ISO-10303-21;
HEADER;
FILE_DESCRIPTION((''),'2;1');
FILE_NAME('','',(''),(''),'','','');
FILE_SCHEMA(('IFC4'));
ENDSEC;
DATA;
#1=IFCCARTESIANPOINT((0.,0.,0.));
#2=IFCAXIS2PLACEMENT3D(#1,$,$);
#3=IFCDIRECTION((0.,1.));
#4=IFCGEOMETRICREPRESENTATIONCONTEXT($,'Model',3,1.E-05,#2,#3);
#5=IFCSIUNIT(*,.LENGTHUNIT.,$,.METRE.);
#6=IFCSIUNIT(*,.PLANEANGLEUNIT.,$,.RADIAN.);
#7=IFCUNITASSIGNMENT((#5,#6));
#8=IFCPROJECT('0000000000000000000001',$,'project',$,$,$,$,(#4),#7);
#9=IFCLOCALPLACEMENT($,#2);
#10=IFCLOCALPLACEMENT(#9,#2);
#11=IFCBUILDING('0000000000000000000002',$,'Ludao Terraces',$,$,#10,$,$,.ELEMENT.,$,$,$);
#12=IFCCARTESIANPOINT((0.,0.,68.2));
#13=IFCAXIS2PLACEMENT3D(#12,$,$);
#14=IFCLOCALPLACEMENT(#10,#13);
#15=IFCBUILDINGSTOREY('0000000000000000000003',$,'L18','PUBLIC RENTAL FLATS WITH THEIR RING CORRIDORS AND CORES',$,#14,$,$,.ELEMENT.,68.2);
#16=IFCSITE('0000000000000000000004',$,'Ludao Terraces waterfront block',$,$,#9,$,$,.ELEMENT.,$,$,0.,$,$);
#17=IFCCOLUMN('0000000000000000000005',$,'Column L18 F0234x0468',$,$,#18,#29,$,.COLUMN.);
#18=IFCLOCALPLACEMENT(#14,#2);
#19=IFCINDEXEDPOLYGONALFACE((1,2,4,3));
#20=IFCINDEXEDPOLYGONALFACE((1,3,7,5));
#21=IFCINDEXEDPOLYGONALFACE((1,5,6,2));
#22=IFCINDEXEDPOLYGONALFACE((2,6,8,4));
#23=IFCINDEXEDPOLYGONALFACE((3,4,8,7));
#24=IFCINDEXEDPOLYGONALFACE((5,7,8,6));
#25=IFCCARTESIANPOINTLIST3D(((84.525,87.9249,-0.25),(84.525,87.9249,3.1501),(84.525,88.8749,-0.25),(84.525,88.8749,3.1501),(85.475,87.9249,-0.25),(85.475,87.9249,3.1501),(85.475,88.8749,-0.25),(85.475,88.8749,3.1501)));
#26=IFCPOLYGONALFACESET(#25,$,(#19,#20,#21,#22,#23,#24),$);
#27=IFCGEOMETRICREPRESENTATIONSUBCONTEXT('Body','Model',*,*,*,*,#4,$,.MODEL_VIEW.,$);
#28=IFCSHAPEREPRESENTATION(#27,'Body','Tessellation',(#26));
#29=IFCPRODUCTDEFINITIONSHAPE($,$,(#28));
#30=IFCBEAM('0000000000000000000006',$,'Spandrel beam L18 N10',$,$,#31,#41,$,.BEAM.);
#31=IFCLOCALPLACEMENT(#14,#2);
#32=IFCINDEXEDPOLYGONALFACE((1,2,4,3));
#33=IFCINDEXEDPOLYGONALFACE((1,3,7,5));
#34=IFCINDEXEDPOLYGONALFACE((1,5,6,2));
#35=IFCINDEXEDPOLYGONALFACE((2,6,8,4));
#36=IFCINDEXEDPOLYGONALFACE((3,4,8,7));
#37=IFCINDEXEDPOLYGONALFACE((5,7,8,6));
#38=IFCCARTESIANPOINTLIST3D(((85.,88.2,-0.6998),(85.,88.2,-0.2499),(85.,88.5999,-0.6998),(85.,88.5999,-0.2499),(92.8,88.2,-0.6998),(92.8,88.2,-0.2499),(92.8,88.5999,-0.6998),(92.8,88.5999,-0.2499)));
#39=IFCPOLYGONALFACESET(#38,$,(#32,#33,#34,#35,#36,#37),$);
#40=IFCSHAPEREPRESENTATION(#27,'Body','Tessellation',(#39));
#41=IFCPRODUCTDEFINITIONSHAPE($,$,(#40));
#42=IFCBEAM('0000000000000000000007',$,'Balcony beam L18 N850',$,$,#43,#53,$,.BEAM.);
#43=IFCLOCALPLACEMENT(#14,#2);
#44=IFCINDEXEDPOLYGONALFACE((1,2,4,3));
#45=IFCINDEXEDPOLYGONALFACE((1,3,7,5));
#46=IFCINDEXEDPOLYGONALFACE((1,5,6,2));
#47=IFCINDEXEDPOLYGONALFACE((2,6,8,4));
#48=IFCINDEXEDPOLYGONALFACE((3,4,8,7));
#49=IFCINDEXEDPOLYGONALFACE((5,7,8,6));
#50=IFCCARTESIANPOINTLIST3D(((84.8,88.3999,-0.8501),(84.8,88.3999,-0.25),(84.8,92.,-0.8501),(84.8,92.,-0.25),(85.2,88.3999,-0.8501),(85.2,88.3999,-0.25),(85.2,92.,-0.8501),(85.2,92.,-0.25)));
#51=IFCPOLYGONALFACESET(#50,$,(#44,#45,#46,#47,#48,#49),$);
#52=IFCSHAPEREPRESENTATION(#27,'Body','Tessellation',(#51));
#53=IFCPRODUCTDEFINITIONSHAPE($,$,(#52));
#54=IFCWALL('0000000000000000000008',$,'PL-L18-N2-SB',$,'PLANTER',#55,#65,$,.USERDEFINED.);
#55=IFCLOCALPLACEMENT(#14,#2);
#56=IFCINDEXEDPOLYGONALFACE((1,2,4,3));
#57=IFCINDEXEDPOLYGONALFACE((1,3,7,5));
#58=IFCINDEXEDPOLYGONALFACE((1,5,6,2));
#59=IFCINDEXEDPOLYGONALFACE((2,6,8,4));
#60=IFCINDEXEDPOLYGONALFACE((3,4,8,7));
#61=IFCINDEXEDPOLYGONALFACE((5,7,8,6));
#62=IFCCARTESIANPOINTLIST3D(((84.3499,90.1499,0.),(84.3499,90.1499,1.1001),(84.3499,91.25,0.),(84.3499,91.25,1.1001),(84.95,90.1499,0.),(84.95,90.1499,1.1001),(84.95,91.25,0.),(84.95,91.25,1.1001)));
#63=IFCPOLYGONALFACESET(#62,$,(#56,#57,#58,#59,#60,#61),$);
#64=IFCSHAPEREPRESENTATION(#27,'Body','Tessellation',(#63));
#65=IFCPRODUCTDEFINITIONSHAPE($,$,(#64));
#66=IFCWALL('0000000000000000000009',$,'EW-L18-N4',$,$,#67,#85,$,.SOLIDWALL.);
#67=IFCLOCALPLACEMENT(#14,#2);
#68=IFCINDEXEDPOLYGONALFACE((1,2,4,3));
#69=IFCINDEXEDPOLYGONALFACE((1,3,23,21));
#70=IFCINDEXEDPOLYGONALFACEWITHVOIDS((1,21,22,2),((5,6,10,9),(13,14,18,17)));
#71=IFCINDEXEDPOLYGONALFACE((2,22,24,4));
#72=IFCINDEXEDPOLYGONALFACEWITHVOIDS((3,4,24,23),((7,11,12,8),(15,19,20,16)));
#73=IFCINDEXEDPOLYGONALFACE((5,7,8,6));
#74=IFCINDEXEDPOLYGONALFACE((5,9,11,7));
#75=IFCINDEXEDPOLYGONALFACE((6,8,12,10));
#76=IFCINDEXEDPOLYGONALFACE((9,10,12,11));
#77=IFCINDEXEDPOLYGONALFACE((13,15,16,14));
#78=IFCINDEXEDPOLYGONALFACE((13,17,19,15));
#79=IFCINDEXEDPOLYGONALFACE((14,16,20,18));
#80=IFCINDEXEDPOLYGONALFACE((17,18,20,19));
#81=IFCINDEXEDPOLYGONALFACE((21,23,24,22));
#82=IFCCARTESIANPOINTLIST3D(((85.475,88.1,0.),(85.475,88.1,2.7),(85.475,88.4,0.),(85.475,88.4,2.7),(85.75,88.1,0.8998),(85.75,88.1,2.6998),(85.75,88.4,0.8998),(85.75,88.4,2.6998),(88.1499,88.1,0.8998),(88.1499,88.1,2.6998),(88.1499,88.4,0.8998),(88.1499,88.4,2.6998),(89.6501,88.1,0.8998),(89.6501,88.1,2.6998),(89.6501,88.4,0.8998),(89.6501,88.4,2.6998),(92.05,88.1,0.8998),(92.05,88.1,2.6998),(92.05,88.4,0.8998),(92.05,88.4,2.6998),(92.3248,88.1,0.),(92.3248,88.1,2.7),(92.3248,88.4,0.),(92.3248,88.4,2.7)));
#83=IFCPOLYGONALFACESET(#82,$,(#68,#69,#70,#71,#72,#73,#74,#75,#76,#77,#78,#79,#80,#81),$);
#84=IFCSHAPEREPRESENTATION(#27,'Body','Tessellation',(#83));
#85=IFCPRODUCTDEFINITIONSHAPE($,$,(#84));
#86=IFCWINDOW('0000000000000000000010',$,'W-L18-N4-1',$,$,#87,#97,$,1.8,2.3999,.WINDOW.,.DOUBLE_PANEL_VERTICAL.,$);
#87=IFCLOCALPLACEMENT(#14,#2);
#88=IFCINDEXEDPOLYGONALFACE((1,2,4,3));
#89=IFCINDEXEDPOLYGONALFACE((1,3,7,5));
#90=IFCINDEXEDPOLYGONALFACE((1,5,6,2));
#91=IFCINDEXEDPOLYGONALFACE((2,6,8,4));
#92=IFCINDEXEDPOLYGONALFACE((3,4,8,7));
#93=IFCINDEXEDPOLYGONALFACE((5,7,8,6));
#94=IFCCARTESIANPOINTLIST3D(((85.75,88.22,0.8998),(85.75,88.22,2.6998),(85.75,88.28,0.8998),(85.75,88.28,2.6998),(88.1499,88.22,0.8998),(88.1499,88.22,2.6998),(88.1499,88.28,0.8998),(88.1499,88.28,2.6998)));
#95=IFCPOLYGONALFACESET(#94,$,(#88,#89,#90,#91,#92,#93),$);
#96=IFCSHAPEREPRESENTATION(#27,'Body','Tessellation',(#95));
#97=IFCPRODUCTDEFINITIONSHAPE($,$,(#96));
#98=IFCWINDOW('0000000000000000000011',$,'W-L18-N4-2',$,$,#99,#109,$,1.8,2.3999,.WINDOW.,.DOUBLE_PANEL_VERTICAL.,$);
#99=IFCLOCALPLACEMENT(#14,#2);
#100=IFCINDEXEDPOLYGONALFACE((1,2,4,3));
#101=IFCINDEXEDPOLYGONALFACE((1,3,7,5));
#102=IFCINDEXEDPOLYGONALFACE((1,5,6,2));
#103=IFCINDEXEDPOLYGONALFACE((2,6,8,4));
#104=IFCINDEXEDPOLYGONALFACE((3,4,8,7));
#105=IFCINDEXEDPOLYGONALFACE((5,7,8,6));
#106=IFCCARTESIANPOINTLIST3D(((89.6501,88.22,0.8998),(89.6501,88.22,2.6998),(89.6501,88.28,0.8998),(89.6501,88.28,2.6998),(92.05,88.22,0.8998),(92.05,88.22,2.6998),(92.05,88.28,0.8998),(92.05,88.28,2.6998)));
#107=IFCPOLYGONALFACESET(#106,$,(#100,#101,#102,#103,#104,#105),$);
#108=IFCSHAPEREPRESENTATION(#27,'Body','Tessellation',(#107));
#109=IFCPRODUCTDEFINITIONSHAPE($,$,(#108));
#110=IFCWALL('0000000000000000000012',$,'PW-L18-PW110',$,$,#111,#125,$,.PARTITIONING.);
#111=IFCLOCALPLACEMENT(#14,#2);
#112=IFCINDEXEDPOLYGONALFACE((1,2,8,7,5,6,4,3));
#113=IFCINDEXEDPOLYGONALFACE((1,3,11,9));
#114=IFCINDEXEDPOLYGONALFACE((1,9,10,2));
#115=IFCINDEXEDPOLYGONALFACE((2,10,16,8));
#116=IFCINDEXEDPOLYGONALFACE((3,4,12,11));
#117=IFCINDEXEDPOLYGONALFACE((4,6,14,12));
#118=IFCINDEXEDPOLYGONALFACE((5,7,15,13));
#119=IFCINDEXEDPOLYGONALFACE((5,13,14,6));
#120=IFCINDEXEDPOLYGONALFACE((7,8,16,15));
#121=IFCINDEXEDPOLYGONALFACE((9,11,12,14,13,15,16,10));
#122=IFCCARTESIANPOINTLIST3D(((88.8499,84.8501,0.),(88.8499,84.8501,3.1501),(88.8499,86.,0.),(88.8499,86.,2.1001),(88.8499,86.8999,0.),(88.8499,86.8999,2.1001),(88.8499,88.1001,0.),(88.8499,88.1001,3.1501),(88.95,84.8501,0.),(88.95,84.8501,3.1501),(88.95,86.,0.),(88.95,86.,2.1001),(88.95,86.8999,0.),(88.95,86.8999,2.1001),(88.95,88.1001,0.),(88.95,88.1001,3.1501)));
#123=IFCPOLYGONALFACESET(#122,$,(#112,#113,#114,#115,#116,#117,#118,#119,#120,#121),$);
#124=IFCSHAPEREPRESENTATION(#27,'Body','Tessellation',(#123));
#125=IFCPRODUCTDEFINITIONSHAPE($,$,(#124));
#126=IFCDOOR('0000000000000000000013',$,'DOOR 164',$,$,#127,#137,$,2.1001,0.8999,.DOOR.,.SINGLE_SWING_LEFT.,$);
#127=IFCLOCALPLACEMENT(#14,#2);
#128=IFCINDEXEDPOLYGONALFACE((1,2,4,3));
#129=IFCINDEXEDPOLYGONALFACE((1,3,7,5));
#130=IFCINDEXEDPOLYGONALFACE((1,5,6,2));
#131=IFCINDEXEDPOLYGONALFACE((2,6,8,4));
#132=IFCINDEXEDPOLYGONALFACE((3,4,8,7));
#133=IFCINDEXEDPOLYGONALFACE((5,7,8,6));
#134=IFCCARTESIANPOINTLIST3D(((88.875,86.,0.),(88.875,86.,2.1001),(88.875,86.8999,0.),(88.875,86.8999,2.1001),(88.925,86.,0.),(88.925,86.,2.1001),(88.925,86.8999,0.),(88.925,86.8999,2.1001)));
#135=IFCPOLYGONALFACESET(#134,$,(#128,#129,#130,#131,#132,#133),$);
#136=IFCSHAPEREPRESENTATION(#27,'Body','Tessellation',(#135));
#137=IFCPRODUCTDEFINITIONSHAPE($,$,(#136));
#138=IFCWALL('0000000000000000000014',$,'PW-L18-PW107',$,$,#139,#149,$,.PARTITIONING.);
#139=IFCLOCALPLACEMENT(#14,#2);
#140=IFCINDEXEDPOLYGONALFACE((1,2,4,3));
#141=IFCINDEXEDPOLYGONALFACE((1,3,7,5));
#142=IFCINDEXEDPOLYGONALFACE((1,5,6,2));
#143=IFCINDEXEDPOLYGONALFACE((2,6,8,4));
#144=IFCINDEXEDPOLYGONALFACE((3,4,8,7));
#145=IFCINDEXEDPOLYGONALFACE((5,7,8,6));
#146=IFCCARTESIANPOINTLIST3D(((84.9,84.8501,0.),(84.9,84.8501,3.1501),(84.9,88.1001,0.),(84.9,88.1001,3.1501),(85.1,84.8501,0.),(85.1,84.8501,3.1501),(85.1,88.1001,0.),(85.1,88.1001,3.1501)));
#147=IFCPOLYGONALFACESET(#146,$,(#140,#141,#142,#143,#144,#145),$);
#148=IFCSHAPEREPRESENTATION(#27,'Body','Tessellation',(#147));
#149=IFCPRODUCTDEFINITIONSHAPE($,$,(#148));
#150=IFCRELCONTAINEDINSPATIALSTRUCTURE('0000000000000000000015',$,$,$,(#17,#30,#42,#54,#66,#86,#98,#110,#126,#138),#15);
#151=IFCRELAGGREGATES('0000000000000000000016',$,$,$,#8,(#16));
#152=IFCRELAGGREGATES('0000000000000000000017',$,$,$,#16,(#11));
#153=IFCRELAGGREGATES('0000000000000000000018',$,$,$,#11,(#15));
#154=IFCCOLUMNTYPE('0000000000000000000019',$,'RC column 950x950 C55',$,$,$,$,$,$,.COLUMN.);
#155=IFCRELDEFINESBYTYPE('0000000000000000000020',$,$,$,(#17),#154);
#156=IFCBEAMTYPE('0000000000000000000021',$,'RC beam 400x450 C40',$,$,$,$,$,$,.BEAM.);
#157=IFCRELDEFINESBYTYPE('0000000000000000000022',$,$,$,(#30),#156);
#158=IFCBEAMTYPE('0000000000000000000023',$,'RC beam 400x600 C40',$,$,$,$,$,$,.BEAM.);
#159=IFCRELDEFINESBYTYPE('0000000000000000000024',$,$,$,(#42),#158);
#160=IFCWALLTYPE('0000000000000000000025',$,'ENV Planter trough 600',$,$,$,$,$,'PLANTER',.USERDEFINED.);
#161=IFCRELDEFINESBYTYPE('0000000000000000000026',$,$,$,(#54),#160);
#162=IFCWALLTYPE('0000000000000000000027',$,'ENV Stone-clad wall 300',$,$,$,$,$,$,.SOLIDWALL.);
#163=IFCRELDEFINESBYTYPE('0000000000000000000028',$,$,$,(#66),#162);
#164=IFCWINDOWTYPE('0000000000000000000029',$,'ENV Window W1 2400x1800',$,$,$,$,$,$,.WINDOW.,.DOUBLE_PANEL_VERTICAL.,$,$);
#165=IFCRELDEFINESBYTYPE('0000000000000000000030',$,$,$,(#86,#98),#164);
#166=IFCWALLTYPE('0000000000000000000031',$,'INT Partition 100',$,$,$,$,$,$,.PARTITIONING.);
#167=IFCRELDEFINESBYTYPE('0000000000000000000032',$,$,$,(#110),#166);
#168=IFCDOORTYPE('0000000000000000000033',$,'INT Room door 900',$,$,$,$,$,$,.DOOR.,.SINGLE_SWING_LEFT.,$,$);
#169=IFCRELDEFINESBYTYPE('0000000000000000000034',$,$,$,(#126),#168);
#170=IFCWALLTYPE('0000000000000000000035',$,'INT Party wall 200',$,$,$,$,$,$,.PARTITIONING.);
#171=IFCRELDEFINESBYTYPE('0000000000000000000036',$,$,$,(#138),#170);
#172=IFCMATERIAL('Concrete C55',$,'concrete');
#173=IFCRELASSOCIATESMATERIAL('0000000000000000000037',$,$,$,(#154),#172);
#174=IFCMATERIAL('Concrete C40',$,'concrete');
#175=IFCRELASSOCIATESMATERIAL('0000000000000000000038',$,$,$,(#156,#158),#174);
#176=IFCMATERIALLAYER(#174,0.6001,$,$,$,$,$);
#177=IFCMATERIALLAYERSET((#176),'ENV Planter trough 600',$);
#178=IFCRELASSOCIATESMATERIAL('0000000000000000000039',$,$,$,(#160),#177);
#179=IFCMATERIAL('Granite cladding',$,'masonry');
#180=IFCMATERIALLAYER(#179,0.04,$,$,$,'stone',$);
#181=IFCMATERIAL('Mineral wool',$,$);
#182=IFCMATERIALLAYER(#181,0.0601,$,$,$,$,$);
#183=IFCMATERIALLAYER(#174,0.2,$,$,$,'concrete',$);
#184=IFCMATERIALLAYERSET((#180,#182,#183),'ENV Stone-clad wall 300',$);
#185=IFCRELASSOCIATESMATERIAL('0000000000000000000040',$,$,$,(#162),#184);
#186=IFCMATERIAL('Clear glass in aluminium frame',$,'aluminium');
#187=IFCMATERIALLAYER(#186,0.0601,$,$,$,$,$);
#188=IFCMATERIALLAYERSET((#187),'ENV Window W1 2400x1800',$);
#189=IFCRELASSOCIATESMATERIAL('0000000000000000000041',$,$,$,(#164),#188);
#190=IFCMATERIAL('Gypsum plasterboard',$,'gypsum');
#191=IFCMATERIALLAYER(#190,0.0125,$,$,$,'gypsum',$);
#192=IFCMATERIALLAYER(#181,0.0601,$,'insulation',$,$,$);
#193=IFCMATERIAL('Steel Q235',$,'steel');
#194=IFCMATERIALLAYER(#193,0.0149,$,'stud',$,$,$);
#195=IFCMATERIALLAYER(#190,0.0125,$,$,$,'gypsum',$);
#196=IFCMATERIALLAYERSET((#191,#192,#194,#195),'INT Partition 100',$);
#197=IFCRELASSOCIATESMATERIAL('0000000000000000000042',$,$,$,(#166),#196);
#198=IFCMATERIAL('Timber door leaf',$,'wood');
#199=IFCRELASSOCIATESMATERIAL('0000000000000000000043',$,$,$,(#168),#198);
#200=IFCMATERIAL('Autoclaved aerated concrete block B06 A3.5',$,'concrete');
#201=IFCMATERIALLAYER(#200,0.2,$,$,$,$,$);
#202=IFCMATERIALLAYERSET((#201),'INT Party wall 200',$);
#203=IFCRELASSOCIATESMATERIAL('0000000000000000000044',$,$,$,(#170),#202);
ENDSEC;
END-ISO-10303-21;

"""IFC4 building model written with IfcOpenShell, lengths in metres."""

from ifc_helpers import new_model, si_unit, direction, frame, frame_2d, origin, origin_2d, place, context, subcontext, project, spatial, rectangle, extrude, material, layer, layer_set, material_profile, profile_set, type_object, element, fill, save


model = new_model("IFC4")

# Units and contexts
model_context = context("Model", 3, precision=1e-05, world=origin(), true_north=direction((0.0, 1.0)))
body_context = subcontext(model_context, "Body", "Model", "MODEL_VIEW")
ifc_project = project(units=[si_unit("LENGTHUNIT", "METRE"), si_unit("PLANEANGLEUNIT", "RADIAN")], contexts=[model_context])

# Site, building, storey
site_placement = place(None, origin())
site = spatial("IfcSite", under=ifc_project, at=site_placement, Name="Ludao Terraces waterfront block", CompositionType="ELEMENT", RefElevation=0.0)
building_placement = place(site_placement, origin())
building = spatial("IfcBuilding", under=site, at=building_placement, Name="Ludao Terraces", CompositionType="ELEMENT")
storey_placement = place(building_placement, frame((0.0, 0.0, 68.2)))
storey = spatial("IfcBuildingStorey", under=building, at=storey_placement, Name="L18", Description="PUBLIC RENTAL FLATS WITH THEIR RING CORRIDORS AND CORES", CompositionType="ELEMENT", Elevation=68.2)

# Column
ifc_material_1 = material(Name="Concrete C55", Category="concrete")
ifc_material_profile_1 = material_profile(ifc_material_1, rectangle(XDim=0.95, YDim=0.95, at=origin_2d()), Name="950 X 950")
ifc_profile_set_1 = profile_set([ifc_material_profile_1], Name="Concrete C55")
column_type = type_object("IfcColumnType", Name="RC column 950x950 C55", PredefinedType="COLUMN", material=ifc_profile_set_1)
column_placement = place(storey_placement, frame((85.0, 88.3999, -0.25), z_axis=(0.0, 0.0, 1.0), x_axis=(1.0, 0.0, 0.0)))
element("IfcColumn", 1, at=column_placement, inside=storey, type_object=column_type, Name="Column L18 F0234x0468", PredefinedType="COLUMN", context=body_context, shape_type="SweptSolid", body=[
    extrude(rectangle(XDim=0.95, YDim=0.95, at=origin_2d()), origin(), (0.0, 0.0, 1.0), 3.4001),
])

# Beams
ifc_material_2 = material(Name="Concrete C40", Category="concrete")
ifc_material_profile_2 = material_profile(ifc_material_2, rectangle(XDim=0.3999, YDim=0.45, at=origin_2d()), Name="400 X 450")
ifc_profile_set_2 = profile_set([ifc_material_profile_2], Name="Concrete C40")
beam_type_1 = type_object("IfcBeamType", Name="RC beam 400x450 C40", PredefinedType="BEAM", material=ifc_profile_set_2)
beam_1_placement = place(storey_placement, frame((85.0, 88.3999, -0.4749), z_axis=(1.0, 0.0, 0.0), x_axis=(0.0, 1.0, 0.0)))
element("IfcBeam", 2, at=beam_1_placement, inside=storey, type_object=beam_type_1, Name="Spandrel beam L18 N10", PredefinedType="BEAM", context=body_context, shape_type="SweptSolid", body=[
    extrude(rectangle(XDim=0.3999, YDim=0.45, at=origin_2d()), origin(), (0.0, 0.0, 1.0), 7.8),
])
ifc_material_profile_3 = material_profile(ifc_material_2, rectangle(XDim=0.3999, YDim=0.6001, at=origin_2d()), Name="400 X 600")
ifc_profile_set_3 = profile_set([ifc_material_profile_3], Name="Concrete C40")
beam_type_2 = type_object("IfcBeamType", Name="RC beam 400x600 C40", PredefinedType="BEAM", material=ifc_profile_set_3)
beam_2_placement = place(storey_placement, frame((85.0, 88.3999, -0.55), z_axis=(0.0, 1.0, 0.0), x_axis=(-1.0, 0.0, 0.0)))
element("IfcBeam", 3, at=beam_2_placement, inside=storey, type_object=beam_type_2, Name="Balcony beam L18 N850", PredefinedType="BEAM", context=body_context, shape_type="SweptSolid", body=[
    extrude(rectangle(XDim=0.3999, YDim=0.6001, at=origin_2d()), origin(), (0.0, 0.0, 1.0), 3.6001),
])

# Wall
ifc_layer_1 = layer(ifc_material_2, 0.6001)
ifc_layer_set_1 = layer_set([ifc_layer_1], Name="ENV Planter trough 600")
wall_type_1 = type_object("IfcWallType", Name="ENV Planter trough 600", ElementType="PLANTER", PredefinedType="USERDEFINED", material=ifc_layer_set_1)
wall_1_placement = place(storey_placement, frame((84.6499, 91.25, 0.0), z_axis=(0.0, 0.0, 1.0), x_axis=(0.0, -1.0, 0.0)))
element("IfcWall", 4, at=wall_1_placement, inside=storey, type_object=wall_type_1, Name="PL-L18-N2-SB", ObjectType="PLANTER", PredefinedType="USERDEFINED", context=body_context, shape_type="SweptSolid", body=[
    extrude(rectangle(XDim=1.1001, YDim=0.6001, at=frame_2d((0.55, 0.0))), origin(), (0.0, 0.0, 1.0), 1.1001),
])

# Wall, openings, windows
ifc_material_3 = material(Name="Granite cladding", Category="masonry")
ifc_layer_2 = layer(ifc_material_3, 0.04, Category="stone")
ifc_material_4 = material(Name="Mineral wool")
ifc_layer_3 = layer(ifc_material_4, 0.0601)
ifc_layer_4 = layer(ifc_material_2, 0.2, Category="concrete")
ifc_layer_set_2 = layer_set([ifc_layer_2, ifc_layer_3, ifc_layer_4], Name="ENV Stone-clad wall 300")
wall_type_2 = type_object("IfcWallType", Name="ENV Stone-clad wall 300", PredefinedType="SOLIDWALL", material=ifc_layer_set_2)
wall_2_placement = place(storey_placement, frame((85.4751, 88.25, 0.0), z_axis=(0.0, 0.0, 1.0), x_axis=(1.0, 0.0, 0.0)))
wall_2 = element("IfcWall", 5, at=wall_2_placement, inside=storey, type_object=wall_type_2, Name="EW-L18-N4", PredefinedType="SOLIDWALL", context=body_context, shape_type="SweptSolid", body=[
    extrude(rectangle(XDim=6.8499, YDim=0.3, at=frame_2d((3.4248, 0.0))), origin(), (0.0, 0.0, 1.0), 2.7),
])
opening_1_placement = place(wall_2_placement, frame((0.2749, 0.0, 0.8999)))
opening_1 = element("IfcOpeningElement", 6, at=opening_1_placement, cuts=wall_2, PredefinedType="OPENING", context=body_context, shape_type="SweptSolid", body=[
    extrude(rectangle(XDim=2.3999, YDim=1.8, at=frame_2d((1.2, 0.8999))), frame((0.0, 0.1602, 0.0), z_axis=(0.0, -1.0, 0.0), x_axis=(1.0, 0.0, 0.0)), (0.0, 0.0, 1.0), 0.3201),
])
opening_2_placement = place(wall_2_placement, frame((4.175, 0.0, 0.8999)))
opening_2 = element("IfcOpeningElement", 7, at=opening_2_placement, cuts=wall_2, PredefinedType="OPENING", context=body_context, shape_type="SweptSolid", body=[
    extrude(rectangle(XDim=2.3999, YDim=1.8, at=frame_2d((1.2, 0.8999))), frame((0.0, 0.1602, 0.0), z_axis=(0.0, -1.0, 0.0), x_axis=(1.0, 0.0, 0.0)), (0.0, 0.0, 1.0), 0.3201),
])
ifc_material_5 = material(Name="Clear glass in aluminium frame", Category="aluminium")
ifc_layer_5 = layer(ifc_material_5, 0.0601)
ifc_layer_set_3 = layer_set([ifc_layer_5], Name="ENV Window W1 2400x1800")
window_type = type_object("IfcWindowType", Name="ENV Window W1 2400x1800", PartitioningType="DOUBLE_PANEL_VERTICAL", PredefinedType="WINDOW", material=ifc_layer_set_3)
window_1_placement = place(opening_1_placement, origin())
window_1 = element("IfcWindow", 8, at=window_1_placement, inside=storey, type_object=window_type, Name="W-L18-N4-1", OverallHeight=1.8, OverallWidth=2.3999, PartitioningType="DOUBLE_PANEL_VERTICAL", PredefinedType="WINDOW", context=body_context, shape_type="SweptSolid", body=[
    extrude(rectangle(XDim=2.3999, YDim=1.8, at=frame_2d((1.2, 0.8999))), frame((0.0, 0.03, 0.0), z_axis=(0.0, -1.0, 0.0), x_axis=(1.0, 0.0, 0.0)), (0.0, 0.0, 1.0), 0.0601),
])
fill(opening_1, window_1)
window_2_placement = place(opening_2_placement, origin())
window_2 = element("IfcWindow", 9, at=window_2_placement, inside=storey, type_object=window_type, Name="W-L18-N4-2", OverallHeight=1.8, OverallWidth=2.3999, PartitioningType="DOUBLE_PANEL_VERTICAL", PredefinedType="WINDOW", context=body_context, shape_type="SweptSolid", body=[
    extrude(rectangle(XDim=2.3999, YDim=1.8, at=frame_2d((1.2, 0.8999))), frame((0.0, 0.03, 0.0), z_axis=(0.0, -1.0, 0.0), x_axis=(1.0, 0.0, 0.0)), (0.0, 0.0, 1.0), 0.0601),
])
fill(opening_2, window_2)

# Wall, opening, door
ifc_material_6 = material(Name="Gypsum plasterboard", Category="gypsum")
ifc_layer_6 = layer(ifc_material_6, 0.0125, Category="gypsum")
ifc_layer_7 = layer(ifc_material_4, 0.0601, Name="insulation")
ifc_material_7 = material(Name="Steel Q235", Category="steel")
ifc_layer_8 = layer(ifc_material_7, 0.0149, Name="stud")
ifc_layer_9 = layer(ifc_material_6, 0.0125, Category="gypsum")
ifc_layer_set_4 = layer_set([ifc_layer_6, ifc_layer_7, ifc_layer_8, ifc_layer_9], Name="INT Partition 100")
wall_type_3 = type_object("IfcWallType", Name="INT Partition 100", PredefinedType="PARTITIONING", material=ifc_layer_set_4)
wall_3_placement = place(storey_placement, frame((88.8999, 84.8501, 0.0), z_axis=(0.0, 0.0, 1.0), x_axis=(0.0, 1.0, 0.0)))
wall_3 = element("IfcWall", 10, at=wall_3_placement, inside=storey, type_object=wall_type_3, Name="PW-L18-PW110", PredefinedType="PARTITIONING", context=body_context, shape_type="SweptSolid", body=[
    extrude(rectangle(XDim=3.25, YDim=0.1001, at=frame_2d((1.625, 0.0))), origin(), (0.0, 0.0, 1.0), 3.1501),
])
opening_3_placement = place(wall_3_placement, frame((1.1499, 0.0, 0.0)))
opening_3 = element("IfcOpeningElement", 11, at=opening_3_placement, cuts=wall_3, PredefinedType="OPENING", context=body_context, shape_type="SweptSolid", body=[
    extrude(rectangle(XDim=0.8999, YDim=2.1001, at=frame_2d((0.45, 1.05))), frame((0.0, 0.0601, 0.0), z_axis=(0.0, -1.0, 0.0), x_axis=(1.0, 0.0, 0.0)), (0.0, 0.0, 1.0), 0.1201),
])
ifc_material_8 = material(Name="Timber door leaf", Category="wood")
door_type_1 = type_object("IfcDoorType", Name="INT Room door 900", OperationType="SINGLE_SWING_LEFT", PredefinedType="DOOR", material=ifc_material_8)
door_1_placement = place(opening_3_placement, origin())
door_1 = element("IfcDoor", 12, at=door_1_placement, inside=storey, type_object=door_type_1, Name="DOOR 164", OperationType="SINGLE_SWING_LEFT", OverallHeight=2.1001, OverallWidth=0.8999, PredefinedType="DOOR", context=body_context, shape_type="SweptSolid", body=[
    extrude(rectangle(XDim=0.8999, YDim=2.1001, at=frame_2d((0.45, 1.05))), frame((0.0, 0.0249, 0.0), z_axis=(0.0, -1.0, 0.0), x_axis=(1.0, 0.0, 0.0)), (0.0, 0.0, 1.0), 0.05),
])
fill(opening_3, door_1)

# Wall
ifc_material_9 = material(Name="Autoclaved aerated concrete block B06 A3.5", Category="concrete")
ifc_layer_10 = layer(ifc_material_9, 0.2)
ifc_layer_set_5 = layer_set([ifc_layer_10], Name="INT Party wall 200")
wall_type_4 = type_object("IfcWallType", Name="INT Party wall 200", PredefinedType="PARTITIONING", material=ifc_layer_set_5)
wall_4_placement = place(storey_placement, frame((85.0, 84.8501, 0.0), z_axis=(0.0, 0.0, 1.0), x_axis=(0.0, 1.0, 0.0)))
element("IfcWall", 13, at=wall_4_placement, inside=storey, type_object=wall_type_4, Name="PW-L18-PW107", PredefinedType="PARTITIONING", context=body_context, shape_type="SweptSolid", body=[
    extrude(rectangle(XDim=3.25, YDim=0.2, at=frame_2d((1.625, 0.0))), origin(), (0.0, 0.0, 1.0), 3.1501),
])

save(model, "model.ifc")
